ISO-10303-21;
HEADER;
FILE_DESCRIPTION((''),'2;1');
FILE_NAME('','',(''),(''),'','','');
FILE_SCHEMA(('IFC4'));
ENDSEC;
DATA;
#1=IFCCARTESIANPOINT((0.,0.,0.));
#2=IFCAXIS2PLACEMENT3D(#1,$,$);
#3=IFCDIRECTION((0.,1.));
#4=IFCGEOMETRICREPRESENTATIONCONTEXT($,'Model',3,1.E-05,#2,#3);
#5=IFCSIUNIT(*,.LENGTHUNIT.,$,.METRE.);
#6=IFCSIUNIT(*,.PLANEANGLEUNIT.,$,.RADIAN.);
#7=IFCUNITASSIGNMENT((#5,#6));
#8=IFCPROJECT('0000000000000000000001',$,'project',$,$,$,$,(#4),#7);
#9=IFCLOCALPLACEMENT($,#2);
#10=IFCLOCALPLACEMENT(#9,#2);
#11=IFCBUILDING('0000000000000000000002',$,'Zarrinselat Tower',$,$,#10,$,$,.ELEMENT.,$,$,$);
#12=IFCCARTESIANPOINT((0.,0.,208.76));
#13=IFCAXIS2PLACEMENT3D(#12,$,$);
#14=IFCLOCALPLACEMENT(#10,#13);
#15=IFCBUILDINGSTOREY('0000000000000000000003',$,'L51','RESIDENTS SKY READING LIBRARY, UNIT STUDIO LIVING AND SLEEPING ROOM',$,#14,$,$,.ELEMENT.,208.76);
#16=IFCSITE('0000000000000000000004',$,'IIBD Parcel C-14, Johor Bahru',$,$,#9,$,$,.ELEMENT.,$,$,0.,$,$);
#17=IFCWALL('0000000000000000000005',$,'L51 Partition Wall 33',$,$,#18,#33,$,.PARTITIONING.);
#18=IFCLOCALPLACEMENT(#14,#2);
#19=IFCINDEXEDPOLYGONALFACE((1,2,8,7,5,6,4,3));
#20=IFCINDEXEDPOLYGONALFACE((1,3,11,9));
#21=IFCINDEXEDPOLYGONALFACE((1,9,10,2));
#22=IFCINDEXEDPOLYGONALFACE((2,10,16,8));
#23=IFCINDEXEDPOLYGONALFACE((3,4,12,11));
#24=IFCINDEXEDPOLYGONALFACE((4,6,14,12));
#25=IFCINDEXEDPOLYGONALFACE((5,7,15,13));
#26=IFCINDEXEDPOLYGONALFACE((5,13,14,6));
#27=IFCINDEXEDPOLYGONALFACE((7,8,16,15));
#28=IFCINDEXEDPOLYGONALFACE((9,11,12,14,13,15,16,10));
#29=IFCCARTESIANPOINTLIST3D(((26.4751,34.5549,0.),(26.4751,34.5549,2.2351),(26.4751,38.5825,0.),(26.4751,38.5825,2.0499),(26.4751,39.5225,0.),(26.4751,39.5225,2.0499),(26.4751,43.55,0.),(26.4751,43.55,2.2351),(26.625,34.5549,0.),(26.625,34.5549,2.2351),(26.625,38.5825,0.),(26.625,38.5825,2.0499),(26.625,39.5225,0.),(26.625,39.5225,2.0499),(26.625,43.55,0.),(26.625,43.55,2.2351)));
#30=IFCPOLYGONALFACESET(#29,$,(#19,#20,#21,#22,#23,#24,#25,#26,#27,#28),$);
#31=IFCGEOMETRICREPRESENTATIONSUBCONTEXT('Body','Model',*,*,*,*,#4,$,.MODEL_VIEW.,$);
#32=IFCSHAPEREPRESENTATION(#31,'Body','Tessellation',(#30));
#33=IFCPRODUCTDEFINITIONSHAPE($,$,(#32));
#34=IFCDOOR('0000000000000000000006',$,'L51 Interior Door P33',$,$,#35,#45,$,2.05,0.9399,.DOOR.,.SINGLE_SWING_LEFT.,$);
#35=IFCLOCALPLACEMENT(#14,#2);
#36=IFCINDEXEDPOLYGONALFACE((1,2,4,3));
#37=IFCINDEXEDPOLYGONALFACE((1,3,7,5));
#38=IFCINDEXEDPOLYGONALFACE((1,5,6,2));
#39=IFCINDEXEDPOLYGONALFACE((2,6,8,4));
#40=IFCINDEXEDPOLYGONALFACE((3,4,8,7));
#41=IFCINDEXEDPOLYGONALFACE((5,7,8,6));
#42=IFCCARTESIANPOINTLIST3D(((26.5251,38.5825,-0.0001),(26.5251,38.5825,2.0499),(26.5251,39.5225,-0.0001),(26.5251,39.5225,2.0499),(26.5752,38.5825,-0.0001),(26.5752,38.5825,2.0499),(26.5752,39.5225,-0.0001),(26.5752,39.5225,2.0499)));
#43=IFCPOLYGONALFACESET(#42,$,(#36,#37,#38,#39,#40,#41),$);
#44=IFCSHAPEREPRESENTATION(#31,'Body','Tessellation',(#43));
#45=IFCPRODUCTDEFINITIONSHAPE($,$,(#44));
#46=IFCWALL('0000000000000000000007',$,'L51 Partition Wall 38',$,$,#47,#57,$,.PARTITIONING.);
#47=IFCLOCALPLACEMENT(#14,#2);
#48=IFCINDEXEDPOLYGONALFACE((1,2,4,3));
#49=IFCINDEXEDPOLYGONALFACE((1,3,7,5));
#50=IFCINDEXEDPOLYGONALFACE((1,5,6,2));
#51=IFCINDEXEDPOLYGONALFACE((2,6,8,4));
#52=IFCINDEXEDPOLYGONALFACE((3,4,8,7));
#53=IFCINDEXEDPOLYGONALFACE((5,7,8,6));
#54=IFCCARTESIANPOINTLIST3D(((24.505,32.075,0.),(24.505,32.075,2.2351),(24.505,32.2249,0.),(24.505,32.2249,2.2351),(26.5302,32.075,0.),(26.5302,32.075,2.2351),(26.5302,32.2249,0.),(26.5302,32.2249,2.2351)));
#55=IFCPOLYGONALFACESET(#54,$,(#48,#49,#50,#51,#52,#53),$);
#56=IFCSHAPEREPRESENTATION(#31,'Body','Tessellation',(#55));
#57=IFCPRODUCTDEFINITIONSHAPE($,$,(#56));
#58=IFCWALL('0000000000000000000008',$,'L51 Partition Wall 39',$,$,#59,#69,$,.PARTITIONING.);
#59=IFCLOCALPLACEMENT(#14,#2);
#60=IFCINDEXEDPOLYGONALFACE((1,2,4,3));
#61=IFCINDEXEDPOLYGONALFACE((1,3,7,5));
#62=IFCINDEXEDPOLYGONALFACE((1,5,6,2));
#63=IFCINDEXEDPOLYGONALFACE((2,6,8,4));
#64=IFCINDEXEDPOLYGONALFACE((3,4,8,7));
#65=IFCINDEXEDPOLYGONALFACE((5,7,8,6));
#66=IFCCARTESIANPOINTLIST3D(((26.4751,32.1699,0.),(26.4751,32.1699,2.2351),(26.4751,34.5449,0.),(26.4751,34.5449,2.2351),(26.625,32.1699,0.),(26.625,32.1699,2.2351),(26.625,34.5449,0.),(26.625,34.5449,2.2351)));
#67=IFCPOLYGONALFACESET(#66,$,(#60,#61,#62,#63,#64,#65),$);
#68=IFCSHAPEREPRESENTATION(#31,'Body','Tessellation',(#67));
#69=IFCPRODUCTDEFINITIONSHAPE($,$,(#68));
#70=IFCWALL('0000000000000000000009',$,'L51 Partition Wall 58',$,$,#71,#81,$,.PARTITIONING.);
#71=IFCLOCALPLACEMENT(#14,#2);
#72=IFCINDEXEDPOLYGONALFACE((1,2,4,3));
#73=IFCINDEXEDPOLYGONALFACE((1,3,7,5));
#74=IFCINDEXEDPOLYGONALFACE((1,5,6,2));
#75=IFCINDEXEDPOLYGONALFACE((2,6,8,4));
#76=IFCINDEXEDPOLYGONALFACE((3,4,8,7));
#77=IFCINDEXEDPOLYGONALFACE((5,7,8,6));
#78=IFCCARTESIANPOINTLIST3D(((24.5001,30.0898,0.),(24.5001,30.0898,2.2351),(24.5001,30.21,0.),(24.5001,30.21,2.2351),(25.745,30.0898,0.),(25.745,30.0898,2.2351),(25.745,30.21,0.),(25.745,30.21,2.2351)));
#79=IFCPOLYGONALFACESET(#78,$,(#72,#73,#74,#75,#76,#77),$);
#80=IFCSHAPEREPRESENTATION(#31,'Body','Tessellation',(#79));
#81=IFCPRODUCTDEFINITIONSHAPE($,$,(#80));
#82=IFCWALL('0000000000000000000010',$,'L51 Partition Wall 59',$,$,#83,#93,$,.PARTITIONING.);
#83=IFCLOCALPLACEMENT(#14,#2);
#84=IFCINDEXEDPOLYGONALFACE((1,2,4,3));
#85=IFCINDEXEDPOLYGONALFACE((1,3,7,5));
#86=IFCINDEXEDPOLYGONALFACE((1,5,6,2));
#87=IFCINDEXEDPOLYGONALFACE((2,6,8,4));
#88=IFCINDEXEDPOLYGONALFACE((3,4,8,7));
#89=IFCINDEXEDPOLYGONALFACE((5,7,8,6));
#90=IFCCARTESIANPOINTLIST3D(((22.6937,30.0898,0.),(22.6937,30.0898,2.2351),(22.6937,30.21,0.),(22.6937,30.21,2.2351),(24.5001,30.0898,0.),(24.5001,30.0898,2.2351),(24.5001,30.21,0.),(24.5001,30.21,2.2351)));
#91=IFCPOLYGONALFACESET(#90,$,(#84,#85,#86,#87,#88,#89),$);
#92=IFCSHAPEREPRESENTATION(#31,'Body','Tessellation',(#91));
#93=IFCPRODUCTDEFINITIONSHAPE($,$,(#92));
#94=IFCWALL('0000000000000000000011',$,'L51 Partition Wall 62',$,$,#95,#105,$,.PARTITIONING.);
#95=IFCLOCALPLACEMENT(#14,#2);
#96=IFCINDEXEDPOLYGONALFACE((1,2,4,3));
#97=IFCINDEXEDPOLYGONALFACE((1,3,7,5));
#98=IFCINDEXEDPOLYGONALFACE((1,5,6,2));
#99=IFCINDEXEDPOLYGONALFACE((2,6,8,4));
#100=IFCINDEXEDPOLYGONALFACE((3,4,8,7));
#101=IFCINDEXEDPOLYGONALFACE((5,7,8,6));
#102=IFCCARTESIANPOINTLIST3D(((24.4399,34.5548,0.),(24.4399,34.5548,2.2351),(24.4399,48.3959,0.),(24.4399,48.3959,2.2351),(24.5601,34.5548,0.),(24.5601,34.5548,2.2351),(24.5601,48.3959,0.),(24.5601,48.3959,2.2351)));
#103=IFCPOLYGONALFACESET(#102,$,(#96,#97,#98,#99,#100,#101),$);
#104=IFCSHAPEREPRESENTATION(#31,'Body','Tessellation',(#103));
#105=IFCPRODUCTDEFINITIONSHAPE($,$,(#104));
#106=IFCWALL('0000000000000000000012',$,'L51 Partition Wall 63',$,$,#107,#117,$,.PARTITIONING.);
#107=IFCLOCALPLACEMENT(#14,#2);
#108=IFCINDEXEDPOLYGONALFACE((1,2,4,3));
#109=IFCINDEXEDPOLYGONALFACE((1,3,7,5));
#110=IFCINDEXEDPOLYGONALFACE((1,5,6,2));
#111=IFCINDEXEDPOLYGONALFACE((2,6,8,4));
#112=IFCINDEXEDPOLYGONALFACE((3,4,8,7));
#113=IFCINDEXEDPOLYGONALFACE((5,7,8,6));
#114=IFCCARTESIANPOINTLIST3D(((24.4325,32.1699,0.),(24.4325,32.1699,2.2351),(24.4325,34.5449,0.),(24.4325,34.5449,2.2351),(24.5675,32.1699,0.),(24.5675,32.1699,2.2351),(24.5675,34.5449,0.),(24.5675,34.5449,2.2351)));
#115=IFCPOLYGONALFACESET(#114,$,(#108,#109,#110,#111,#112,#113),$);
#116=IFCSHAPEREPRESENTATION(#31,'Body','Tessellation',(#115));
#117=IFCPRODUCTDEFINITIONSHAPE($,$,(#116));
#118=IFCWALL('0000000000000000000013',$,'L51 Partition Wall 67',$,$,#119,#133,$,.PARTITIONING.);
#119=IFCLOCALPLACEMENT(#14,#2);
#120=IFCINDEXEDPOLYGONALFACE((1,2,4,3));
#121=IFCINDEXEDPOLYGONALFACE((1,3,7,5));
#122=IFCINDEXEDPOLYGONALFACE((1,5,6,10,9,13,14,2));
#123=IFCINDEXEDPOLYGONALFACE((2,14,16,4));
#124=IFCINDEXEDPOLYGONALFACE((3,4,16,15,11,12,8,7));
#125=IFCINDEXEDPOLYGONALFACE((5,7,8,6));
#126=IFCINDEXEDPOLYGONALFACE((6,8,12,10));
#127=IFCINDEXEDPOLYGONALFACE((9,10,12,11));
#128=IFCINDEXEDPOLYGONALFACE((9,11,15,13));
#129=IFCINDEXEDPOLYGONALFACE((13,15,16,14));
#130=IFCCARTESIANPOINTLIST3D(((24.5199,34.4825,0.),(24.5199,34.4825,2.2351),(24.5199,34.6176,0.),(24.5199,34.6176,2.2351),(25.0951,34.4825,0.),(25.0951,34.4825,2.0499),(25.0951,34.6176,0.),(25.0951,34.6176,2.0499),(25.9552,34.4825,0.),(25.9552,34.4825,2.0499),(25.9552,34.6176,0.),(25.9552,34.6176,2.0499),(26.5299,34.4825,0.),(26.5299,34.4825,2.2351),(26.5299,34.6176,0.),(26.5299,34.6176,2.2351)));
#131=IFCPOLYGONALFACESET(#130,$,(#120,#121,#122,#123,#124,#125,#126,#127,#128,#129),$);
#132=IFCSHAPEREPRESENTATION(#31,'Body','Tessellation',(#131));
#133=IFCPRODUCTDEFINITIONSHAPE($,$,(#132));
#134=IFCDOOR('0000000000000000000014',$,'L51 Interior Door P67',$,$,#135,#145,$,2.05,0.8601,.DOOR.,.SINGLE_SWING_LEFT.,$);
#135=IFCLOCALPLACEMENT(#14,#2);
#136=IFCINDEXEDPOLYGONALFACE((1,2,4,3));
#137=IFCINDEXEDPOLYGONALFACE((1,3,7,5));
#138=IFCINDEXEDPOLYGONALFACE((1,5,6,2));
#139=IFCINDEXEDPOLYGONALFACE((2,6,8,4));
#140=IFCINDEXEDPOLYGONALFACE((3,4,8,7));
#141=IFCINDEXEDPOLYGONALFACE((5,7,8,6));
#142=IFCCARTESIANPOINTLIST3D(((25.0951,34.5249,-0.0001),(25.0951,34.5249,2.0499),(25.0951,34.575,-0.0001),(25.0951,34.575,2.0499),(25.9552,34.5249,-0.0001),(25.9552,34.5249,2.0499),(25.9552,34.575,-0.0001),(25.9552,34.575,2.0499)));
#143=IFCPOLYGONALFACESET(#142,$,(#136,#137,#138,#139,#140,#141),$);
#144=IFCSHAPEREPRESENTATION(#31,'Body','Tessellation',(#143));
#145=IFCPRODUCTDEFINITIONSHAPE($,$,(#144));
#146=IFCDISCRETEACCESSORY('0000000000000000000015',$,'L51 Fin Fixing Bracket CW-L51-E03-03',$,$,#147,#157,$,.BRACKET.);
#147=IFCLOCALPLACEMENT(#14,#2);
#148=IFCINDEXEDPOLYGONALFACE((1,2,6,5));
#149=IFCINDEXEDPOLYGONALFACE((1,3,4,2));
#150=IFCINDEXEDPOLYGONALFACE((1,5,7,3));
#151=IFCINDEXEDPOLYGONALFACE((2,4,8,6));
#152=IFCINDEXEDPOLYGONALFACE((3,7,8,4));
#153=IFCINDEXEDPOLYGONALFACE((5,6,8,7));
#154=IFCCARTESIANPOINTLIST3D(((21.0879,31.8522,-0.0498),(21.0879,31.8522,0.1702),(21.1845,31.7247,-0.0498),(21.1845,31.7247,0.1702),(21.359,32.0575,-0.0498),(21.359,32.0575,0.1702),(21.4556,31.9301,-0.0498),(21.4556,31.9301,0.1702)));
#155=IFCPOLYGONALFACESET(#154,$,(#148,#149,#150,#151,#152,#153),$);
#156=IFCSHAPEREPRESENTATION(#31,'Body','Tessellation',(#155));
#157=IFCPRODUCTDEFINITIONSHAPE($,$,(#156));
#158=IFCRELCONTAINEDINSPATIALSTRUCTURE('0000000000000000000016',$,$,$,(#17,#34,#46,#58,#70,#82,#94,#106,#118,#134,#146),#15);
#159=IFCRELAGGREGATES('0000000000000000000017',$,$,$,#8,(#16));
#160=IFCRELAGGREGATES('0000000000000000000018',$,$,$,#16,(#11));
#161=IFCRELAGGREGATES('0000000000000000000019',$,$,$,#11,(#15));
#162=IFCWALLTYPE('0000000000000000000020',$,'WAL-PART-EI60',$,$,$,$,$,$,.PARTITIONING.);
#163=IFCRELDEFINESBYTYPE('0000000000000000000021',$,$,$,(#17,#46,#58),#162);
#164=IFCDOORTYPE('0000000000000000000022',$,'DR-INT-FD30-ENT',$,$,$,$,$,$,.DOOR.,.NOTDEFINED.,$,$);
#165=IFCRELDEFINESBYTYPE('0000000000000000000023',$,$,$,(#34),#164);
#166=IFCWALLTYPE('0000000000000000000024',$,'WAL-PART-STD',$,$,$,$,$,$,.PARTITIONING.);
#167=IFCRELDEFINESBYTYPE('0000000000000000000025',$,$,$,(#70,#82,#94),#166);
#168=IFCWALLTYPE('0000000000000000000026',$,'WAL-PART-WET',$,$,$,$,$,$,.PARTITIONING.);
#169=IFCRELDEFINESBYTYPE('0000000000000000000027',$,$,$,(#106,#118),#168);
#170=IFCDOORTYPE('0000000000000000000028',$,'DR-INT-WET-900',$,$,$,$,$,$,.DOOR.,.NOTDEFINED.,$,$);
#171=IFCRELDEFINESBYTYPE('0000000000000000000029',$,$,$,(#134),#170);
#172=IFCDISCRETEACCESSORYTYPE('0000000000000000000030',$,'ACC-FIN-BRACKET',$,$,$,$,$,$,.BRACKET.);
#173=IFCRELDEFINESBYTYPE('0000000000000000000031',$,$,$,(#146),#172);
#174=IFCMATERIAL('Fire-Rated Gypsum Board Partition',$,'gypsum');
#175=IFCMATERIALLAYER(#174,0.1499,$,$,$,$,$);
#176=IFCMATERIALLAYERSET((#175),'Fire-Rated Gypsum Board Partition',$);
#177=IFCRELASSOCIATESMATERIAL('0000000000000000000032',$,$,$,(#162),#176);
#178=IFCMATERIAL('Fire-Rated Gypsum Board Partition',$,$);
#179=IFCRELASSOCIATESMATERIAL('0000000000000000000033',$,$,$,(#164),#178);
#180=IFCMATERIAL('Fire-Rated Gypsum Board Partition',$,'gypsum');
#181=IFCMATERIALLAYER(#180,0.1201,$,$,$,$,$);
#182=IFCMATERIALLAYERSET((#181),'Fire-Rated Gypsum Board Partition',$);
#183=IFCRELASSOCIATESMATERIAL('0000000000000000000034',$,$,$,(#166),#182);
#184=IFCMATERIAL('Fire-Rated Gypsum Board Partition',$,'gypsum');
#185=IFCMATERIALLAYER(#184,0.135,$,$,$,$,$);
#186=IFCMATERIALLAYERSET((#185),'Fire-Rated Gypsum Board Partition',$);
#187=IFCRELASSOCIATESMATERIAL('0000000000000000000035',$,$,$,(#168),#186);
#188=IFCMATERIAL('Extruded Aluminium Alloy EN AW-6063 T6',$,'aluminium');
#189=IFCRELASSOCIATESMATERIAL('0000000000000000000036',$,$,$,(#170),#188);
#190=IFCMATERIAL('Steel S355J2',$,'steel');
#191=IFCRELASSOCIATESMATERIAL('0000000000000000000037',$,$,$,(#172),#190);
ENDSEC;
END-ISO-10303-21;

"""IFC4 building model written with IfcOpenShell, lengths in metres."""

from ifc_helpers import new_model, si_unit, direction, frame, frame_2d, origin, origin_2d, place, context, subcontext, project, spatial, rectangle, extrude, material, layer, layer_set, type_object, element, fill, save


model = new_model("IFC4")

# Units and contexts
model_context = context("Model", 3, precision=1e-05, world=origin(), true_north=direction((0.0, 1.0)))
body_context = subcontext(model_context, "Body", "Model", "MODEL_VIEW")
ifc_project = project(units=[si_unit("LENGTHUNIT", "METRE"), si_unit("PLANEANGLEUNIT", "RADIAN")], contexts=[model_context])

# Site, building, storey
site_placement = place(None, origin())
site = spatial("IfcSite", under=ifc_project, at=site_placement, Name="IIBD Parcel C-14, Johor Bahru", CompositionType="ELEMENT", RefElevation=0.0)
building_placement = place(site_placement, origin())
building = spatial("IfcBuilding", under=site, at=building_placement, Name="Zarrinselat Tower", CompositionType="ELEMENT")
storey_placement = place(building_placement, frame((0.0, 0.0, 208.76)))
storey = spatial("IfcBuildingStorey", under=building, at=storey_placement, Name="L51", Description="RESIDENTS SKY READING LIBRARY, UNIT STUDIO LIVING AND SLEEPING ROOM", CompositionType="ELEMENT", Elevation=208.76)

# Shared definitions
ifc_material_1 = material(Name="Fire-Rated Gypsum Board Partition", Category="gypsum")
ifc_layer_1 = layer(ifc_material_1, 0.1499)
ifc_layer_set_1 = layer_set([ifc_layer_1], Name="Fire-Rated Gypsum Board Partition")
wall_type_1 = type_object("IfcWallType", Name="WAL-PART-EI60", PredefinedType="PARTITIONING", material=ifc_layer_set_1)

# Wall, opening, door
ifc_material_2 = material(Name="Fire-Rated Gypsum Board Partition")
door_type_1 = type_object("IfcDoorType", Name="DR-INT-FD30-ENT", OperationType="NOTDEFINED", PredefinedType="DOOR", material=ifc_material_2)
wall_1_placement = place(storey_placement, frame((26.55, 34.5549, 0.0), z_axis=(0.0, 0.0, 1.0), x_axis=(0.0, 1.0, 0.0)))
wall_1 = element("IfcWall", 1, at=wall_1_placement, inside=storey, type_object=wall_type_1, Name="L51 Partition Wall 33", PredefinedType="PARTITIONING", context=body_context, shape_type="SweptSolid", body=[
    extrude(rectangle(XDim=8.9951, YDim=0.1499, at=frame_2d((4.4976, 0.0))), origin(), (0.0, 0.0, 1.0), 2.2351),
])
opening_1_placement = place(wall_1_placement, frame((4.0276, 0.0, 0.0)))
opening_1 = element("IfcOpeningElement", 2, at=opening_1_placement, cuts=wall_1, PredefinedType="OPENING", context=body_context, shape_type="SweptSolid", body=[
    extrude(rectangle(XDim=0.9399, YDim=2.05, at=frame_2d((0.47, 1.0249))), frame((0.0, 0.085, 0.0), z_axis=(0.0, -1.0, 0.0), x_axis=(1.0, 0.0, 0.0)), (0.0, 0.0, 1.0), 0.1699),
])
door_1_placement = place(opening_1_placement, origin())
door_1 = element("IfcDoor", 3, at=door_1_placement, inside=storey, type_object=door_type_1, Name="L51 Interior Door P33", OperationType="SINGLE_SWING_LEFT", OverallHeight=2.05, OverallWidth=0.9399, PredefinedType="DOOR", context=body_context, shape_type="SweptSolid", body=[
    extrude(rectangle(XDim=0.9399, YDim=2.05, at=frame_2d((0.47, 1.0249))), frame((0.0, 0.0249, 0.0), z_axis=(0.0, -1.0, 0.0), x_axis=(1.0, 0.0, 0.0)), (0.0, 0.0, 1.0), 0.05),
])
fill(opening_1, door_1)

# Walls
wall_2_placement = place(storey_placement, frame((24.5049, 32.1499, 0.0), z_axis=(0.0, 0.0, 1.0), x_axis=(1.0, 0.0, 0.0)))
element("IfcWall", 4, at=wall_2_placement, inside=storey, type_object=wall_type_1, Name="L51 Partition Wall 38", PredefinedType="PARTITIONING", context=body_context, shape_type="SweptSolid", body=[
    extrude(rectangle(XDim=2.0251, YDim=0.1499, at=frame_2d((1.0127, 0.0))), origin(), (0.0, 0.0, 1.0), 2.2351),
])
wall_3_placement = place(storey_placement, frame((26.55, 32.1699, 0.0), z_axis=(0.0, 0.0, 1.0), x_axis=(0.0, 1.0, 0.0)))
element("IfcWall", 5, at=wall_3_placement, inside=storey, type_object=wall_type_1, Name="L51 Partition Wall 39", PredefinedType="PARTITIONING", context=body_context, shape_type="SweptSolid", body=[
    extrude(rectangle(XDim=2.375, YDim=0.1499, at=frame_2d((1.1875, 0.0))), origin(), (0.0, 0.0, 1.0), 2.2351),
])
ifc_material_3 = material(Name="Fire-Rated Gypsum Board Partition", Category="gypsum")
ifc_layer_2 = layer(ifc_material_3, 0.1201)
ifc_layer_set_2 = layer_set([ifc_layer_2], Name="Fire-Rated Gypsum Board Partition")
wall_type_2 = type_object("IfcWallType", Name="WAL-PART-STD", PredefinedType="PARTITIONING", material=ifc_layer_set_2)
wall_4_placement = place(storey_placement, frame((24.5, 30.1499, 0.0), z_axis=(0.0, 0.0, 1.0), x_axis=(1.0, 0.0, 0.0)))
element("IfcWall", 6, at=wall_4_placement, inside=storey, type_object=wall_type_2, Name="L51 Partition Wall 58", PredefinedType="PARTITIONING", context=body_context, shape_type="SweptSolid", body=[
    extrude(rectangle(XDim=1.2449, YDim=0.1201, at=frame_2d((0.6226, 0.0))), origin(), (0.0, 0.0, 1.0), 2.2351),
])
wall_5_placement = place(storey_placement, frame((22.6936, 30.1499, 0.0), z_axis=(0.0, 0.0, 1.0), x_axis=(1.0, 0.0, 0.0)))
element("IfcWall", 7, at=wall_5_placement, inside=storey, type_object=wall_type_2, Name="L51 Partition Wall 59", PredefinedType="PARTITIONING", context=body_context, shape_type="SweptSolid", body=[
    extrude(rectangle(XDim=1.8064, YDim=0.1201, at=frame_2d((0.9033, 0.0))), origin(), (0.0, 0.0, 1.0), 2.2351),
])
wall_6_placement = place(storey_placement, frame((24.5, 34.5549, 0.0), z_axis=(0.0, 0.0, 1.0), x_axis=(0.0, 1.0, 0.0)))
element("IfcWall", 8, at=wall_6_placement, inside=storey, type_object=wall_type_2, Name="L51 Partition Wall 62", PredefinedType="PARTITIONING", context=body_context, shape_type="SweptSolid", body=[
    extrude(rectangle(XDim=13.8411, YDim=0.1201, at=frame_2d((6.9204, 0.0))), origin(), (0.0, 0.0, 1.0), 2.2351),
])
ifc_material_4 = material(Name="Fire-Rated Gypsum Board Partition", Category="gypsum")
ifc_layer_3 = layer(ifc_material_4, 0.135)
ifc_layer_set_3 = layer_set([ifc_layer_3], Name="Fire-Rated Gypsum Board Partition")
wall_type_3 = type_object("IfcWallType", Name="WAL-PART-WET", PredefinedType="PARTITIONING", material=ifc_layer_set_3)
wall_7_placement = place(storey_placement, frame((24.5, 32.1699, 0.0), z_axis=(0.0, 0.0, 1.0), x_axis=(0.0, 1.0, 0.0)))
element("IfcWall", 9, at=wall_7_placement, inside=storey, type_object=wall_type_3, Name="L51 Partition Wall 63", PredefinedType="PARTITIONING", context=body_context, shape_type="SweptSolid", body=[
    extrude(rectangle(XDim=2.375, YDim=0.135, at=frame_2d((1.1875, 0.0))), origin(), (0.0, 0.0, 1.0), 2.2351),
])

# Wall, opening, door
wall_8_placement = place(storey_placement, frame((24.52, 34.55, 0.0), z_axis=(0.0, 0.0, 1.0), x_axis=(1.0, 0.0, 0.0)))
wall_8 = element("IfcWall", 10, at=wall_8_placement, inside=storey, type_object=wall_type_3, Name="L51 Partition Wall 67", PredefinedType="PARTITIONING", context=body_context, shape_type="SweptSolid", body=[
    extrude(rectangle(XDim=2.01, YDim=0.135, at=frame_2d((1.0049, 0.0))), origin(), (0.0, 0.0, 1.0), 2.2351),
])
opening_2_placement = place(wall_8_placement, frame((0.575, 0.0, 0.0)))
opening_2 = element("IfcOpeningElement", 11, at=opening_2_placement, cuts=wall_8, PredefinedType="OPENING", context=body_context, shape_type="SweptSolid", body=[
    extrude(rectangle(XDim=0.8601, YDim=2.05, at=frame_2d((0.4302, 1.0249))), frame((0.0, 0.0774, 0.0), z_axis=(0.0, -1.0, 0.0), x_axis=(1.0, 0.0, 0.0)), (0.0, 0.0, 1.0), 0.155),
])
ifc_material_5 = material(Name="Extruded Aluminium Alloy EN AW-6063 T6", Category="aluminium")
door_type_2 = type_object("IfcDoorType", Name="DR-INT-WET-900", OperationType="NOTDEFINED", PredefinedType="DOOR", material=ifc_material_5)
door_2_placement = place(opening_2_placement, origin())
door_2 = element("IfcDoor", 12, at=door_2_placement, inside=storey, type_object=door_type_2, Name="L51 Interior Door P67", OperationType="SINGLE_SWING_LEFT", OverallHeight=2.05, OverallWidth=0.8601, PredefinedType="DOOR", context=body_context, shape_type="SweptSolid", body=[
    extrude(rectangle(XDim=0.8601, YDim=2.05, at=frame_2d((0.4302, 1.0249))), frame((0.0, 0.0249, 0.0), z_axis=(0.0, -1.0, 0.0), x_axis=(1.0, 0.0, 0.0)), (0.0, 0.0, 1.0), 0.05),
])
fill(opening_2, door_2)

# Discrete accessory
ifc_material_6 = material(Name="Steel S355J2", Category="steel")
discrete_accessory_type = type_object("IfcDiscreteAccessoryType", Name="ACC-FIN-BRACKET", PredefinedType="BRACKET", material=ifc_material_6)
discrete_accessory_placement = place(storey_placement, frame((21.2717, 31.8911, -0.0498), z_axis=(0.0, 0.0, 1.0), x_axis=(-0.797091, -0.603859, 0.0)))
element("IfcDiscreteAccessory", 13, at=discrete_accessory_placement, inside=storey, type_object=discrete_accessory_type, Name="L51 Fin Fixing Bracket CW-L51-E03-03", PredefinedType="BRACKET", context=body_context, shape_type="SweptSolid", body=[
    extrude(rectangle(XDim=0.3401, YDim=0.1599, at=origin_2d()), origin(), (0.0, 0.0, 1.0), 0.22),
])

save(model, "model.ifc")
